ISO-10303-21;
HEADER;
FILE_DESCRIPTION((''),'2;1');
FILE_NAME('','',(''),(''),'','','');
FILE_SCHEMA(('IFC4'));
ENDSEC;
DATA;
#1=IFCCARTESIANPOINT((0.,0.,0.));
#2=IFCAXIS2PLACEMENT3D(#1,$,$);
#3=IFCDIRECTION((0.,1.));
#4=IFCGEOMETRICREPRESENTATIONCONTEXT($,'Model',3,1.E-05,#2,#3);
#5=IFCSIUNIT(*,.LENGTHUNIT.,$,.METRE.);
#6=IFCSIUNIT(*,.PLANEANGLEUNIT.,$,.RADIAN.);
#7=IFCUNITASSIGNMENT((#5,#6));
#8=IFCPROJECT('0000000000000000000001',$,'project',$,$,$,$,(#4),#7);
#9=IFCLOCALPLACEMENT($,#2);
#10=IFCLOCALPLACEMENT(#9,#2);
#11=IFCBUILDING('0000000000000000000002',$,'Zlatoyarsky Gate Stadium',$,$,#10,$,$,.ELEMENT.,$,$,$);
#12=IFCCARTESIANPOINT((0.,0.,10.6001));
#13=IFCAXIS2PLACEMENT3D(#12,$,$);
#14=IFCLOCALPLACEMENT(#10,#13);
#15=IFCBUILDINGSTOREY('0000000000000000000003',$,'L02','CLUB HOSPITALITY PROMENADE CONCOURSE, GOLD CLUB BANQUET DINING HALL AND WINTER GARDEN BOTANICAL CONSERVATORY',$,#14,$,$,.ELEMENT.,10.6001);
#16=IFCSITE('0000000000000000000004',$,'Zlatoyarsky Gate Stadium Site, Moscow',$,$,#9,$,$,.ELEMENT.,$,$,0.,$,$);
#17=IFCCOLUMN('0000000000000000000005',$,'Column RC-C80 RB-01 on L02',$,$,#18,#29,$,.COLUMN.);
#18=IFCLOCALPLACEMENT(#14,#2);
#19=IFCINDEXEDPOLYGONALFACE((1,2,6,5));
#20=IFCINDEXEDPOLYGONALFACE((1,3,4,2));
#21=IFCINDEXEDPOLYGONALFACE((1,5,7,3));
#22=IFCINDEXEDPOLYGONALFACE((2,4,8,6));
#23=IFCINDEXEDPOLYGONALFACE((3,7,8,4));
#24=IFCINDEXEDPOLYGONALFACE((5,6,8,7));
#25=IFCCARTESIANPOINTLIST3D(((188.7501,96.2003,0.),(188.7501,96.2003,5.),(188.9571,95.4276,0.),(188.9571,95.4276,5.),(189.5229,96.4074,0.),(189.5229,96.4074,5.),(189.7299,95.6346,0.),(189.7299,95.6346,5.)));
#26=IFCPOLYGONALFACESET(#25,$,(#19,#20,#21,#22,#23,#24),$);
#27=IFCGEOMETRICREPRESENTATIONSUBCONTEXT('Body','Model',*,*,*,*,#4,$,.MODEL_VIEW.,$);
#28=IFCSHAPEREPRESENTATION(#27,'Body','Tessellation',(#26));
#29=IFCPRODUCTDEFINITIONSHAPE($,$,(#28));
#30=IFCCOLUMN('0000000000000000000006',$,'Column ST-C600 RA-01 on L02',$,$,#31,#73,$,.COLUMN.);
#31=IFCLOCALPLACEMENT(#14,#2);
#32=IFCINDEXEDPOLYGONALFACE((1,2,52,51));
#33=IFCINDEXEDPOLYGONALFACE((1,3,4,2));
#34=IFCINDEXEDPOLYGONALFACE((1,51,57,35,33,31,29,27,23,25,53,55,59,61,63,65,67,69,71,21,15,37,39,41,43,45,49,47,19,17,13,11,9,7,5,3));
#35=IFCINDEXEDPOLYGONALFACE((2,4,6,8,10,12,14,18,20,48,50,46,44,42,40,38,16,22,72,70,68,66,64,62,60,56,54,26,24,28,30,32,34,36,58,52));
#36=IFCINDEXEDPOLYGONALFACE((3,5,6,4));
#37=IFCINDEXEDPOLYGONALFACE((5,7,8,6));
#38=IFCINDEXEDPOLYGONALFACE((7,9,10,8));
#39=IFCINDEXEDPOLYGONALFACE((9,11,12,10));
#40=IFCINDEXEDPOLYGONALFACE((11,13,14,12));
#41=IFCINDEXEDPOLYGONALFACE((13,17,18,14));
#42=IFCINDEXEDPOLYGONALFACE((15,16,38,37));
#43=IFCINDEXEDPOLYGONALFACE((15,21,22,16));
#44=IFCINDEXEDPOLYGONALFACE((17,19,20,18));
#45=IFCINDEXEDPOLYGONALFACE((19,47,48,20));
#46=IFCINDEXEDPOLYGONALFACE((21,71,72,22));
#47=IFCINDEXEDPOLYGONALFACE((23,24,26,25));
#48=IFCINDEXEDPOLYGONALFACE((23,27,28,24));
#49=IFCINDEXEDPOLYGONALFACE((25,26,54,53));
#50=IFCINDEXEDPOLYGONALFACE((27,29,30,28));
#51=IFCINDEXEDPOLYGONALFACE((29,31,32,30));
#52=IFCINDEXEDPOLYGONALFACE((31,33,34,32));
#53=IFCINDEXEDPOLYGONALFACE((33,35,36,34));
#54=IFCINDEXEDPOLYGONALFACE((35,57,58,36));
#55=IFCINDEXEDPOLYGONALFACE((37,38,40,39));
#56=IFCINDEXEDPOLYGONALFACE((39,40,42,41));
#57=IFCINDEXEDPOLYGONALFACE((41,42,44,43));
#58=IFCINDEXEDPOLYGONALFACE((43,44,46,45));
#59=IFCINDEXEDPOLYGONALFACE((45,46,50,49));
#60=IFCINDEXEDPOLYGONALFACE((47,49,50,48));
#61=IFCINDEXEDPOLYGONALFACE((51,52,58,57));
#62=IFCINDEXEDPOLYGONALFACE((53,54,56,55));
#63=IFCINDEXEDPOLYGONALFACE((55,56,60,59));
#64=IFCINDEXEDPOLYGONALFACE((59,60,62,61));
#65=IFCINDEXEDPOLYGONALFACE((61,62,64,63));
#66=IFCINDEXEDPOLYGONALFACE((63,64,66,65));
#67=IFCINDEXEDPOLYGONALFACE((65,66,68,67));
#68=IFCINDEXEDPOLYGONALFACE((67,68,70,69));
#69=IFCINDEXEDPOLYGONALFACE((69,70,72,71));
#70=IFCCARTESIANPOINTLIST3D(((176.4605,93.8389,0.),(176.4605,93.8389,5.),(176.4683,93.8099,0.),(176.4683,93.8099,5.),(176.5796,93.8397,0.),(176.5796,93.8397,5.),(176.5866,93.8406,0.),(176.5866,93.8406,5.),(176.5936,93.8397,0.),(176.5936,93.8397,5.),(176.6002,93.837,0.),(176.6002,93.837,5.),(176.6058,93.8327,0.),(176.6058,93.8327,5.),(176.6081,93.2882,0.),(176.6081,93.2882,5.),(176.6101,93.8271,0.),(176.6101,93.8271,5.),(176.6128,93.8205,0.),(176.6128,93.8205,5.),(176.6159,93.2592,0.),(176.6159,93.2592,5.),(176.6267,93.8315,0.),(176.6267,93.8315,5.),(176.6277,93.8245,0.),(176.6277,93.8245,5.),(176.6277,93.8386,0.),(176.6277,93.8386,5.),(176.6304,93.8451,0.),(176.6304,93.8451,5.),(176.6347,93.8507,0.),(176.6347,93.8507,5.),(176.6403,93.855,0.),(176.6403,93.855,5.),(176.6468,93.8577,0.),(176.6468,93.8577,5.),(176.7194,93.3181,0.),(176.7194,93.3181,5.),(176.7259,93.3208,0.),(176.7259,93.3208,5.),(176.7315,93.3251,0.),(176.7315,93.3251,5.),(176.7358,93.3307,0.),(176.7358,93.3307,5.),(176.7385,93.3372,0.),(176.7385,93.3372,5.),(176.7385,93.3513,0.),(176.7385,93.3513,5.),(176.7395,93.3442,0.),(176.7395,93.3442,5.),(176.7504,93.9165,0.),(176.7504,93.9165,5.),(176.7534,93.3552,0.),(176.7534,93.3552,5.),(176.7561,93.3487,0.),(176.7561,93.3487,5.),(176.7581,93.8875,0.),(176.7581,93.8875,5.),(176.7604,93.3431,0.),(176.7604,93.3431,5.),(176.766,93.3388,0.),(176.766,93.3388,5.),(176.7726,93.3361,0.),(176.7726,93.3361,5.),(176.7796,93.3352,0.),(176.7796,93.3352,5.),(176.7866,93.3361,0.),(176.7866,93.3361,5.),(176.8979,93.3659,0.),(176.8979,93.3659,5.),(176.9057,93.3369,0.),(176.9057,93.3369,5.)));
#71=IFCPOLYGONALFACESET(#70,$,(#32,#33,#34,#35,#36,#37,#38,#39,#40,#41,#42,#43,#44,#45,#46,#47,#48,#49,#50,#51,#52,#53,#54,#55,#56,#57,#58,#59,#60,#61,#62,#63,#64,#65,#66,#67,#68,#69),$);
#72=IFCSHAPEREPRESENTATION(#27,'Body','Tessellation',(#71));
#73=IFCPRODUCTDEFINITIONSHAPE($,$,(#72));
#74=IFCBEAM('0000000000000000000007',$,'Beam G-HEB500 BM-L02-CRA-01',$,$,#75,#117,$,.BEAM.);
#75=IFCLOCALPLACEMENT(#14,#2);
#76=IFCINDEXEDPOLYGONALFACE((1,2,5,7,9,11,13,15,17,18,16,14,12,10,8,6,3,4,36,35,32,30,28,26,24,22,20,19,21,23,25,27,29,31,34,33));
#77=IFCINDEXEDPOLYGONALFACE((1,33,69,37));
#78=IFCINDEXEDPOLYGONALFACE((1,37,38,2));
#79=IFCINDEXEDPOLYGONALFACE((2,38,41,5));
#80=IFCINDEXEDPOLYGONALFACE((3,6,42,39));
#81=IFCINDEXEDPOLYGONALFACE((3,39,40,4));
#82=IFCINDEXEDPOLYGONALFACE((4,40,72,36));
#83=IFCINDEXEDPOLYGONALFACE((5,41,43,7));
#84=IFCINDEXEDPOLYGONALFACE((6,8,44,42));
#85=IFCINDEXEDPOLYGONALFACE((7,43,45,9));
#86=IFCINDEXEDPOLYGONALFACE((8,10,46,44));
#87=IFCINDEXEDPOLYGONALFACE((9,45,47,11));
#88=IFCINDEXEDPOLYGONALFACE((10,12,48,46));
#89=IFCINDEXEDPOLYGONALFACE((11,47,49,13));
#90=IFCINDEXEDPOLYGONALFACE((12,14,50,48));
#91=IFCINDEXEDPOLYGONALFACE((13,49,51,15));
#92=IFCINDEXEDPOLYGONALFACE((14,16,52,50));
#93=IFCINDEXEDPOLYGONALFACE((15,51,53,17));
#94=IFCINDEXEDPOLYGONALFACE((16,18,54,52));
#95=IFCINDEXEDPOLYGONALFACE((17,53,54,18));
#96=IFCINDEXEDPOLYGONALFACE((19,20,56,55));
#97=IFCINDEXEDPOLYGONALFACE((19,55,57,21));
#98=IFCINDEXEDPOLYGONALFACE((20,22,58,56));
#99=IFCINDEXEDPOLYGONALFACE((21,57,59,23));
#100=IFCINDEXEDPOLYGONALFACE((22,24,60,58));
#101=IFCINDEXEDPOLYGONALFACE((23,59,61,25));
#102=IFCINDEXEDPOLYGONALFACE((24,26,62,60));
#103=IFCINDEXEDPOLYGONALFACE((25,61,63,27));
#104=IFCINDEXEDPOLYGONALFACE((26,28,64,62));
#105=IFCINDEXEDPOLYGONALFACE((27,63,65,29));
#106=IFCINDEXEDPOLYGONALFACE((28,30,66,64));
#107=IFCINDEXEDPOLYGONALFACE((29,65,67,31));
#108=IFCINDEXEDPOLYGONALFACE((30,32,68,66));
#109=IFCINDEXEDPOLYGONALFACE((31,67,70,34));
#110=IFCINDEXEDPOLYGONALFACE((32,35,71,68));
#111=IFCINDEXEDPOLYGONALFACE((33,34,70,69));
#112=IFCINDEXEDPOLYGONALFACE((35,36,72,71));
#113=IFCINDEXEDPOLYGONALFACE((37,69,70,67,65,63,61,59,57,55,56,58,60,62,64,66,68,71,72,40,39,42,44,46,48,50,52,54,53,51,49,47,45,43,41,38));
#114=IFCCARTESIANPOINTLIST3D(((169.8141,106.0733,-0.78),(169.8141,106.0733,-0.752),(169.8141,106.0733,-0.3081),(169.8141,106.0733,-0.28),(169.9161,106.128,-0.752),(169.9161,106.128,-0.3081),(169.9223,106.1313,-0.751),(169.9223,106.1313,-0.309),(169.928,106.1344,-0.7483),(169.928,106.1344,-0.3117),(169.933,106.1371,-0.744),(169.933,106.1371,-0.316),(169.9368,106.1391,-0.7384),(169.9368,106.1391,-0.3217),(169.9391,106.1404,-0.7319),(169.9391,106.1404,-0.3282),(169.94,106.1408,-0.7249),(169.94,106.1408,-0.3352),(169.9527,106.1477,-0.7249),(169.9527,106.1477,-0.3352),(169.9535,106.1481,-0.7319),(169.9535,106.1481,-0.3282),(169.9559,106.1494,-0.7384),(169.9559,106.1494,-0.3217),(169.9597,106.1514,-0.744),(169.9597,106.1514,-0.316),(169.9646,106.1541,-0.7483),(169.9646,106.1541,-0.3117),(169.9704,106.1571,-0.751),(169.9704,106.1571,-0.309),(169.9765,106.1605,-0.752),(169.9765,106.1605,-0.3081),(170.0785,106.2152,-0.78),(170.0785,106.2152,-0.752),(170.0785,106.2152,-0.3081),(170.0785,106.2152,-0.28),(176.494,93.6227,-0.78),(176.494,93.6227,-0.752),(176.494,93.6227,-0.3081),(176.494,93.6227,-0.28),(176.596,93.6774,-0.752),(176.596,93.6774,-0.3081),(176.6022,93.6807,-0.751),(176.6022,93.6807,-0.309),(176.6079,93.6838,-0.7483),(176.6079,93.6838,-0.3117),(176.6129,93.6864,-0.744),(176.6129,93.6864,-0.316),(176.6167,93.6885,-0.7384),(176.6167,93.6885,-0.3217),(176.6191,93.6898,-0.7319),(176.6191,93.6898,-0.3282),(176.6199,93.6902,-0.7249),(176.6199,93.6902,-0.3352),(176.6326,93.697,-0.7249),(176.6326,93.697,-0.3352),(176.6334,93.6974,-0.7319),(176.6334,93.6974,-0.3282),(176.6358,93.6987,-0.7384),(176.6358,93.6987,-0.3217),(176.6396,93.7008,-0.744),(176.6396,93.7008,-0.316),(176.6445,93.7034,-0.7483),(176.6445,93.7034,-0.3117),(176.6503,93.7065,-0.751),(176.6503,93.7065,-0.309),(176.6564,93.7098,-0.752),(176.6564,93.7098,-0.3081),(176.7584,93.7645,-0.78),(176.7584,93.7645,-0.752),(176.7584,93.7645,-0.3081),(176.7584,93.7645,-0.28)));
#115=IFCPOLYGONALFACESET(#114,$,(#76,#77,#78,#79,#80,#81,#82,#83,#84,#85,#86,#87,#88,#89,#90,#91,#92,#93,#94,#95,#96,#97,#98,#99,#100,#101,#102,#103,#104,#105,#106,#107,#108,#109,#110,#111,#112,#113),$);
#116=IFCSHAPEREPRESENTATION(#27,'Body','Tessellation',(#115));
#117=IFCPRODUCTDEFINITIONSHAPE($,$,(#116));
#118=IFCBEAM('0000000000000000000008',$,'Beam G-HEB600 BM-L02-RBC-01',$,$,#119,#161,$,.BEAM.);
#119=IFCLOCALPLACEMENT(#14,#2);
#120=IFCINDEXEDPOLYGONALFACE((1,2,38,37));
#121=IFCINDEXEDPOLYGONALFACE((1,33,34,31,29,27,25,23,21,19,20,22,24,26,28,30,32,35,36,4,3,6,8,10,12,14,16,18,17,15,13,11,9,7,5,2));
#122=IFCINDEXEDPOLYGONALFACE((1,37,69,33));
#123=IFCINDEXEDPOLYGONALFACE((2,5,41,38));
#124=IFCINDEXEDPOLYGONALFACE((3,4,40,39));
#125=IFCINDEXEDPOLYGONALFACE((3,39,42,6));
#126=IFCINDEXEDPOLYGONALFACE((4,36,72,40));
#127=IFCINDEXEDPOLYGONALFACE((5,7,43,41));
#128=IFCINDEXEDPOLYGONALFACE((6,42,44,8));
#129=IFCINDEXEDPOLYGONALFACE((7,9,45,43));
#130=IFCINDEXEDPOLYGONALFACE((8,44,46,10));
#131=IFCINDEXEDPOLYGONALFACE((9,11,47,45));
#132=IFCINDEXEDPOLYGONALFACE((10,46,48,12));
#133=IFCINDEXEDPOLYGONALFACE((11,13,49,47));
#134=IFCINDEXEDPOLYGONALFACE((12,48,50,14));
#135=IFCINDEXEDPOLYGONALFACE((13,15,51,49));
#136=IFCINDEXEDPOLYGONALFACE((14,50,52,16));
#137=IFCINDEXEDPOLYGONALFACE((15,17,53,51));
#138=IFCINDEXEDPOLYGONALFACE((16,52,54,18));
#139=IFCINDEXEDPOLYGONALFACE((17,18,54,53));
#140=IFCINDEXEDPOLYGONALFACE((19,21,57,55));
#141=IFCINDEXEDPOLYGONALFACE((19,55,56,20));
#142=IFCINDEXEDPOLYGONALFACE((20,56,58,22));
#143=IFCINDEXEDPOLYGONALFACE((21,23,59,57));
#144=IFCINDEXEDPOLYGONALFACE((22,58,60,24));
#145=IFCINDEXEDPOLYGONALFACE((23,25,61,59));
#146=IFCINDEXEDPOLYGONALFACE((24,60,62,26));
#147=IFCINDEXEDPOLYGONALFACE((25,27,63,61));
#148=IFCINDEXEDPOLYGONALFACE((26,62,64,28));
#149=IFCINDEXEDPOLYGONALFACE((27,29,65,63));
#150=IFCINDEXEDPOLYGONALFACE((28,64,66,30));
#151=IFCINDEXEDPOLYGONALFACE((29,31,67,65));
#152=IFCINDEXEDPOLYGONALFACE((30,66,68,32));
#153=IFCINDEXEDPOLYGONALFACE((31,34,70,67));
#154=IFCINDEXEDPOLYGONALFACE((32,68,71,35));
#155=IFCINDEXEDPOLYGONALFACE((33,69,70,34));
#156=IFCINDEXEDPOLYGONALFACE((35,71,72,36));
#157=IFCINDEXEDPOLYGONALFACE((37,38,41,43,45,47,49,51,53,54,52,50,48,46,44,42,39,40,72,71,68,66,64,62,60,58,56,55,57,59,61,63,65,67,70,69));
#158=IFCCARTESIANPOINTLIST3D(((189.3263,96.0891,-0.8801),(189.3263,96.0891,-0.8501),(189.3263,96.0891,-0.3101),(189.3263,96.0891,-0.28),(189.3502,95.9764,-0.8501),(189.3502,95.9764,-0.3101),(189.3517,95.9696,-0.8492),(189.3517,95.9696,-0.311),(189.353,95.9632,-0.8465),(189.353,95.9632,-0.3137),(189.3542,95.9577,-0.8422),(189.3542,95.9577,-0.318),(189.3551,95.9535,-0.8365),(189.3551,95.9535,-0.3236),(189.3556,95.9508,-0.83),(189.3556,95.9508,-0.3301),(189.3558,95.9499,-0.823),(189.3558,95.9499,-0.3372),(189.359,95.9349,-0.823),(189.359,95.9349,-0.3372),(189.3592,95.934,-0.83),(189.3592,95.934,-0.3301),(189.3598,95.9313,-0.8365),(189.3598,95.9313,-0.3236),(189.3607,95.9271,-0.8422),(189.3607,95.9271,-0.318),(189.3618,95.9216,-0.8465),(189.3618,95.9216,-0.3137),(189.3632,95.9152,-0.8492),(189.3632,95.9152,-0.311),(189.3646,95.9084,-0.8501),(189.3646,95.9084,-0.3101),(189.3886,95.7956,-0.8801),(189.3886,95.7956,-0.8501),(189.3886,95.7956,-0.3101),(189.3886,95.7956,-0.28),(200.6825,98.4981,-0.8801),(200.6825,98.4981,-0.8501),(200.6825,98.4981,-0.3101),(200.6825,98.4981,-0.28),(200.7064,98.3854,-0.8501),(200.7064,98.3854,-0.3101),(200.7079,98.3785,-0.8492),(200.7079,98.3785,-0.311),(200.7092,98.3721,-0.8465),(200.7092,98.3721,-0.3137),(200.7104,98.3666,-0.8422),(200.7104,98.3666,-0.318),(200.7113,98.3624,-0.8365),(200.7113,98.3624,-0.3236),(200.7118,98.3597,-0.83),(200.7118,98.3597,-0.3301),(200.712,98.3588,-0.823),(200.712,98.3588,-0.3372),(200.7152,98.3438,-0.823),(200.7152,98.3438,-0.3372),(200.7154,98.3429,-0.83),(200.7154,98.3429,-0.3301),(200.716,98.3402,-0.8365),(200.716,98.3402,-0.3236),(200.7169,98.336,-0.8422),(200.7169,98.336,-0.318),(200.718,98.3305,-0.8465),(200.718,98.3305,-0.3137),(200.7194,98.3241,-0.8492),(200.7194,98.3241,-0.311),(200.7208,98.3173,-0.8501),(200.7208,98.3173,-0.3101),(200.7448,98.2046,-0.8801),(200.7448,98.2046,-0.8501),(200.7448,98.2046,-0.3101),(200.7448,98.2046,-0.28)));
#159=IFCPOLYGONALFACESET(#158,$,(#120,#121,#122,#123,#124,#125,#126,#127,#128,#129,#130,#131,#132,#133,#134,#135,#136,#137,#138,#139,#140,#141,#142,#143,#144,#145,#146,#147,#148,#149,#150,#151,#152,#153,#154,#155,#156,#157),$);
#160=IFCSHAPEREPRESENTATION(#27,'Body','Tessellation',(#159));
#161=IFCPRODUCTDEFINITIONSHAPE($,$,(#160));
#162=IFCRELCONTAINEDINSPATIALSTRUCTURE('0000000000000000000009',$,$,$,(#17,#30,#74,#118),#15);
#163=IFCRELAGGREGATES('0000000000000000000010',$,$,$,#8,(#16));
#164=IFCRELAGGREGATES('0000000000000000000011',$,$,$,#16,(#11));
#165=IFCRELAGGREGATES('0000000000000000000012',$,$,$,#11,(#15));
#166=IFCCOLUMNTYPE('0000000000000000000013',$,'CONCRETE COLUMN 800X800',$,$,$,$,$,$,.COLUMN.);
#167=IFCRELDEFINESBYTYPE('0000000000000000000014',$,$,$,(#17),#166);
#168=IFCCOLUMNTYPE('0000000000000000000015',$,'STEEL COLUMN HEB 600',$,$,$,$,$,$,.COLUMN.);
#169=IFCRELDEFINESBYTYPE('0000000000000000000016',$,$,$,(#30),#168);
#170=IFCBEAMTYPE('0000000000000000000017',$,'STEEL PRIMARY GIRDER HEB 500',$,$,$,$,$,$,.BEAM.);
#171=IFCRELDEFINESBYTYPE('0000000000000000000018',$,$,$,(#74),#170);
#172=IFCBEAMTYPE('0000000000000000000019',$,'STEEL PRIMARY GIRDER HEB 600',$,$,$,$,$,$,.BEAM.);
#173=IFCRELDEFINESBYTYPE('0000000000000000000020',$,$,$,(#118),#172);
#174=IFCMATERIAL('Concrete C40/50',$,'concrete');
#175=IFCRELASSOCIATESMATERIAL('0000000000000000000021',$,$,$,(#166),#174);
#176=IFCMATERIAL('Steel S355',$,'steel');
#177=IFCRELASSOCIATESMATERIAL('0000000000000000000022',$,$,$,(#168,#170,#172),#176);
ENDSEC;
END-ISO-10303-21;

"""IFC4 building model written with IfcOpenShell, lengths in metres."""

from ifc_helpers import new_model, si_unit, direction, frame, origin, origin_2d, place, context, subcontext, project, spatial, rectangle, i_section, extrude, material, material_profile, profile_set, type_object, element, save


model = new_model("IFC4")

# Units and contexts
model_context = context("Model", 3, precision=1e-05, world=origin(), true_north=direction((0.0, 1.0)))
body_context = subcontext(model_context, "Body", "Model", "MODEL_VIEW")
ifc_project = project(units=[si_unit("LENGTHUNIT", "METRE"), si_unit("PLANEANGLEUNIT", "RADIAN")], contexts=[model_context])

# Site, building, storey
site_placement = place(None, origin())
site = spatial("IfcSite", under=ifc_project, at=site_placement, Name="Zlatoyarsky Gate Stadium Site, Moscow", CompositionType="ELEMENT", RefElevation=0.0)
building_placement = place(site_placement, origin())
building = spatial("IfcBuilding", under=site, at=building_placement, Name="Zlatoyarsky Gate Stadium", CompositionType="ELEMENT")
storey_placement = place(building_placement, frame((0.0, 0.0, 10.6001)))
storey = spatial("IfcBuildingStorey", under=building, at=storey_placement, Name="L02", Description="CLUB HOSPITALITY PROMENADE CONCOURSE, GOLD CLUB BANQUET DINING HALL AND WINTER GARDEN BOTANICAL CONSERVATORY", CompositionType="ELEMENT", Elevation=10.6001)

# Columns
ifc_material_1 = material(Name="Concrete C40/50", Category="concrete")
ifc_material_profile_1 = material_profile(ifc_material_1, rectangle(XDim=0.8, YDim=0.8, at=origin_2d()), Name="RC COL 800X800")
ifc_profile_set_1 = profile_set([ifc_material_profile_1], Name="Concrete C40/50")
column_type_1 = type_object("IfcColumnType", Name="CONCRETE COLUMN 800X800", PredefinedType="COLUMN", material=ifc_profile_set_1)
column_1_placement = place(storey_placement, frame((189.24, 95.9175, 0.0), z_axis=(0.0, 0.0, 1.0), x_axis=(0.965926, 0.258819, 0.0)))
element("IfcColumn", 1, at=column_1_placement, inside=storey, type_object=column_type_1, Name="Column RC-C80 RB-01 on L02", PredefinedType="COLUMN", context=body_context, shape_type="SweptSolid", body=[
    extrude(rectangle(XDim=0.8, YDim=0.8, at=origin_2d()), origin(), (0.0, 0.0, 1.0), 5.0),
])
ifc_material_2 = material(Name="Steel S355", Category="steel")
ifc_material_profile_2 = material_profile(ifc_material_2, i_section(OverallWidth=0.3, OverallDepth=0.6001, WebThickness=0.0154, FlangeThickness=0.03, FilletRadius=0.0271, at=origin_2d()), Name="HEB 600")
ifc_profile_set_2 = profile_set([ifc_material_profile_2], Name="Steel S355")
column_type_2 = type_object("IfcColumnType", Name="STEEL COLUMN HEB 600", PredefinedType="COLUMN", material=ifc_profile_set_2)
column_2_placement = place(storey_placement, frame((176.6831, 93.5879, 0.0), z_axis=(0.0, 0.0, 1.0), x_axis=(0.965926, 0.258819, 0.0)))
element("IfcColumn", 2, at=column_2_placement, inside=storey, type_object=column_type_2, Name="Column ST-C600 RA-01 on L02", PredefinedType="COLUMN", context=body_context, shape_type="SweptSolid", body=[
    extrude(i_section(OverallWidth=0.3, OverallDepth=0.6001, WebThickness=0.0154, FlangeThickness=0.03, FilletRadius=0.0271, at=origin_2d()), origin(), (0.0, 0.0, 1.0), 5.0),
])

# Beams
ifc_material_profile_3 = material_profile(ifc_material_2, i_section(OverallWidth=0.3, OverallDepth=0.5, WebThickness=0.0144, FlangeThickness=0.0281, FilletRadius=0.0271, at=origin_2d()), Name="HEB 500")
ifc_profile_set_3 = profile_set([ifc_material_profile_3], Name="Steel S355")
beam_type_1 = type_object("IfcBeamType", Name="STEEL PRIMARY GIRDER HEB 500", PredefinedType="BEAM", material=ifc_profile_set_3)
beam_1_placement = place(storey_placement, frame((176.6262, 93.6936, -0.53), z_axis=(-0.472767, 0.881187, 0.0), x_axis=(-0.881187, -0.472767, 0.0)))
element("IfcBeam", 3, at=beam_1_placement, inside=storey, type_object=beam_type_1, Name="Beam G-HEB500 BM-L02-CRA-01", PredefinedType="BEAM", context=body_context, shape_type="SweptSolid", body=[
    extrude(i_section(OverallWidth=0.3, OverallDepth=0.5, WebThickness=0.0144, FlangeThickness=0.0281, FilletRadius=0.0271, at=origin_2d()), origin(), (0.0, 0.0, 1.0), 14.1294),
])
ifc_material_profile_4 = material_profile(ifc_material_2, i_section(OverallWidth=0.3, OverallDepth=0.6001, WebThickness=0.0154, FlangeThickness=0.03, FilletRadius=0.0271, at=origin_2d()), Name="HEB 600")
ifc_profile_set_4 = profile_set([ifc_material_profile_4], Name="Steel S355")
beam_type_2 = type_object("IfcBeamType", Name="STEEL PRIMARY GIRDER HEB 600", PredefinedType="BEAM", material=ifc_profile_set_4)
beam_2_placement = place(storey_placement, frame((189.3574, 95.9424, -0.5801), z_axis=(0.978233, 0.207508, 0.0), x_axis=(-0.207508, 0.978233, 0.0)))
element("IfcBeam", 4, at=beam_2_placement, inside=storey, type_object=beam_type_2, Name="Beam G-HEB600 BM-L02-RBC-01", PredefinedType="BEAM", context=body_context, shape_type="SweptSolid", body=[
    extrude(i_section(OverallWidth=0.3, OverallDepth=0.6001, WebThickness=0.0154, FlangeThickness=0.03, FilletRadius=0.0271, at=origin_2d()), origin(), (0.0, 0.0, 1.0), 11.6089),
])

save(model, "model.ifc")
